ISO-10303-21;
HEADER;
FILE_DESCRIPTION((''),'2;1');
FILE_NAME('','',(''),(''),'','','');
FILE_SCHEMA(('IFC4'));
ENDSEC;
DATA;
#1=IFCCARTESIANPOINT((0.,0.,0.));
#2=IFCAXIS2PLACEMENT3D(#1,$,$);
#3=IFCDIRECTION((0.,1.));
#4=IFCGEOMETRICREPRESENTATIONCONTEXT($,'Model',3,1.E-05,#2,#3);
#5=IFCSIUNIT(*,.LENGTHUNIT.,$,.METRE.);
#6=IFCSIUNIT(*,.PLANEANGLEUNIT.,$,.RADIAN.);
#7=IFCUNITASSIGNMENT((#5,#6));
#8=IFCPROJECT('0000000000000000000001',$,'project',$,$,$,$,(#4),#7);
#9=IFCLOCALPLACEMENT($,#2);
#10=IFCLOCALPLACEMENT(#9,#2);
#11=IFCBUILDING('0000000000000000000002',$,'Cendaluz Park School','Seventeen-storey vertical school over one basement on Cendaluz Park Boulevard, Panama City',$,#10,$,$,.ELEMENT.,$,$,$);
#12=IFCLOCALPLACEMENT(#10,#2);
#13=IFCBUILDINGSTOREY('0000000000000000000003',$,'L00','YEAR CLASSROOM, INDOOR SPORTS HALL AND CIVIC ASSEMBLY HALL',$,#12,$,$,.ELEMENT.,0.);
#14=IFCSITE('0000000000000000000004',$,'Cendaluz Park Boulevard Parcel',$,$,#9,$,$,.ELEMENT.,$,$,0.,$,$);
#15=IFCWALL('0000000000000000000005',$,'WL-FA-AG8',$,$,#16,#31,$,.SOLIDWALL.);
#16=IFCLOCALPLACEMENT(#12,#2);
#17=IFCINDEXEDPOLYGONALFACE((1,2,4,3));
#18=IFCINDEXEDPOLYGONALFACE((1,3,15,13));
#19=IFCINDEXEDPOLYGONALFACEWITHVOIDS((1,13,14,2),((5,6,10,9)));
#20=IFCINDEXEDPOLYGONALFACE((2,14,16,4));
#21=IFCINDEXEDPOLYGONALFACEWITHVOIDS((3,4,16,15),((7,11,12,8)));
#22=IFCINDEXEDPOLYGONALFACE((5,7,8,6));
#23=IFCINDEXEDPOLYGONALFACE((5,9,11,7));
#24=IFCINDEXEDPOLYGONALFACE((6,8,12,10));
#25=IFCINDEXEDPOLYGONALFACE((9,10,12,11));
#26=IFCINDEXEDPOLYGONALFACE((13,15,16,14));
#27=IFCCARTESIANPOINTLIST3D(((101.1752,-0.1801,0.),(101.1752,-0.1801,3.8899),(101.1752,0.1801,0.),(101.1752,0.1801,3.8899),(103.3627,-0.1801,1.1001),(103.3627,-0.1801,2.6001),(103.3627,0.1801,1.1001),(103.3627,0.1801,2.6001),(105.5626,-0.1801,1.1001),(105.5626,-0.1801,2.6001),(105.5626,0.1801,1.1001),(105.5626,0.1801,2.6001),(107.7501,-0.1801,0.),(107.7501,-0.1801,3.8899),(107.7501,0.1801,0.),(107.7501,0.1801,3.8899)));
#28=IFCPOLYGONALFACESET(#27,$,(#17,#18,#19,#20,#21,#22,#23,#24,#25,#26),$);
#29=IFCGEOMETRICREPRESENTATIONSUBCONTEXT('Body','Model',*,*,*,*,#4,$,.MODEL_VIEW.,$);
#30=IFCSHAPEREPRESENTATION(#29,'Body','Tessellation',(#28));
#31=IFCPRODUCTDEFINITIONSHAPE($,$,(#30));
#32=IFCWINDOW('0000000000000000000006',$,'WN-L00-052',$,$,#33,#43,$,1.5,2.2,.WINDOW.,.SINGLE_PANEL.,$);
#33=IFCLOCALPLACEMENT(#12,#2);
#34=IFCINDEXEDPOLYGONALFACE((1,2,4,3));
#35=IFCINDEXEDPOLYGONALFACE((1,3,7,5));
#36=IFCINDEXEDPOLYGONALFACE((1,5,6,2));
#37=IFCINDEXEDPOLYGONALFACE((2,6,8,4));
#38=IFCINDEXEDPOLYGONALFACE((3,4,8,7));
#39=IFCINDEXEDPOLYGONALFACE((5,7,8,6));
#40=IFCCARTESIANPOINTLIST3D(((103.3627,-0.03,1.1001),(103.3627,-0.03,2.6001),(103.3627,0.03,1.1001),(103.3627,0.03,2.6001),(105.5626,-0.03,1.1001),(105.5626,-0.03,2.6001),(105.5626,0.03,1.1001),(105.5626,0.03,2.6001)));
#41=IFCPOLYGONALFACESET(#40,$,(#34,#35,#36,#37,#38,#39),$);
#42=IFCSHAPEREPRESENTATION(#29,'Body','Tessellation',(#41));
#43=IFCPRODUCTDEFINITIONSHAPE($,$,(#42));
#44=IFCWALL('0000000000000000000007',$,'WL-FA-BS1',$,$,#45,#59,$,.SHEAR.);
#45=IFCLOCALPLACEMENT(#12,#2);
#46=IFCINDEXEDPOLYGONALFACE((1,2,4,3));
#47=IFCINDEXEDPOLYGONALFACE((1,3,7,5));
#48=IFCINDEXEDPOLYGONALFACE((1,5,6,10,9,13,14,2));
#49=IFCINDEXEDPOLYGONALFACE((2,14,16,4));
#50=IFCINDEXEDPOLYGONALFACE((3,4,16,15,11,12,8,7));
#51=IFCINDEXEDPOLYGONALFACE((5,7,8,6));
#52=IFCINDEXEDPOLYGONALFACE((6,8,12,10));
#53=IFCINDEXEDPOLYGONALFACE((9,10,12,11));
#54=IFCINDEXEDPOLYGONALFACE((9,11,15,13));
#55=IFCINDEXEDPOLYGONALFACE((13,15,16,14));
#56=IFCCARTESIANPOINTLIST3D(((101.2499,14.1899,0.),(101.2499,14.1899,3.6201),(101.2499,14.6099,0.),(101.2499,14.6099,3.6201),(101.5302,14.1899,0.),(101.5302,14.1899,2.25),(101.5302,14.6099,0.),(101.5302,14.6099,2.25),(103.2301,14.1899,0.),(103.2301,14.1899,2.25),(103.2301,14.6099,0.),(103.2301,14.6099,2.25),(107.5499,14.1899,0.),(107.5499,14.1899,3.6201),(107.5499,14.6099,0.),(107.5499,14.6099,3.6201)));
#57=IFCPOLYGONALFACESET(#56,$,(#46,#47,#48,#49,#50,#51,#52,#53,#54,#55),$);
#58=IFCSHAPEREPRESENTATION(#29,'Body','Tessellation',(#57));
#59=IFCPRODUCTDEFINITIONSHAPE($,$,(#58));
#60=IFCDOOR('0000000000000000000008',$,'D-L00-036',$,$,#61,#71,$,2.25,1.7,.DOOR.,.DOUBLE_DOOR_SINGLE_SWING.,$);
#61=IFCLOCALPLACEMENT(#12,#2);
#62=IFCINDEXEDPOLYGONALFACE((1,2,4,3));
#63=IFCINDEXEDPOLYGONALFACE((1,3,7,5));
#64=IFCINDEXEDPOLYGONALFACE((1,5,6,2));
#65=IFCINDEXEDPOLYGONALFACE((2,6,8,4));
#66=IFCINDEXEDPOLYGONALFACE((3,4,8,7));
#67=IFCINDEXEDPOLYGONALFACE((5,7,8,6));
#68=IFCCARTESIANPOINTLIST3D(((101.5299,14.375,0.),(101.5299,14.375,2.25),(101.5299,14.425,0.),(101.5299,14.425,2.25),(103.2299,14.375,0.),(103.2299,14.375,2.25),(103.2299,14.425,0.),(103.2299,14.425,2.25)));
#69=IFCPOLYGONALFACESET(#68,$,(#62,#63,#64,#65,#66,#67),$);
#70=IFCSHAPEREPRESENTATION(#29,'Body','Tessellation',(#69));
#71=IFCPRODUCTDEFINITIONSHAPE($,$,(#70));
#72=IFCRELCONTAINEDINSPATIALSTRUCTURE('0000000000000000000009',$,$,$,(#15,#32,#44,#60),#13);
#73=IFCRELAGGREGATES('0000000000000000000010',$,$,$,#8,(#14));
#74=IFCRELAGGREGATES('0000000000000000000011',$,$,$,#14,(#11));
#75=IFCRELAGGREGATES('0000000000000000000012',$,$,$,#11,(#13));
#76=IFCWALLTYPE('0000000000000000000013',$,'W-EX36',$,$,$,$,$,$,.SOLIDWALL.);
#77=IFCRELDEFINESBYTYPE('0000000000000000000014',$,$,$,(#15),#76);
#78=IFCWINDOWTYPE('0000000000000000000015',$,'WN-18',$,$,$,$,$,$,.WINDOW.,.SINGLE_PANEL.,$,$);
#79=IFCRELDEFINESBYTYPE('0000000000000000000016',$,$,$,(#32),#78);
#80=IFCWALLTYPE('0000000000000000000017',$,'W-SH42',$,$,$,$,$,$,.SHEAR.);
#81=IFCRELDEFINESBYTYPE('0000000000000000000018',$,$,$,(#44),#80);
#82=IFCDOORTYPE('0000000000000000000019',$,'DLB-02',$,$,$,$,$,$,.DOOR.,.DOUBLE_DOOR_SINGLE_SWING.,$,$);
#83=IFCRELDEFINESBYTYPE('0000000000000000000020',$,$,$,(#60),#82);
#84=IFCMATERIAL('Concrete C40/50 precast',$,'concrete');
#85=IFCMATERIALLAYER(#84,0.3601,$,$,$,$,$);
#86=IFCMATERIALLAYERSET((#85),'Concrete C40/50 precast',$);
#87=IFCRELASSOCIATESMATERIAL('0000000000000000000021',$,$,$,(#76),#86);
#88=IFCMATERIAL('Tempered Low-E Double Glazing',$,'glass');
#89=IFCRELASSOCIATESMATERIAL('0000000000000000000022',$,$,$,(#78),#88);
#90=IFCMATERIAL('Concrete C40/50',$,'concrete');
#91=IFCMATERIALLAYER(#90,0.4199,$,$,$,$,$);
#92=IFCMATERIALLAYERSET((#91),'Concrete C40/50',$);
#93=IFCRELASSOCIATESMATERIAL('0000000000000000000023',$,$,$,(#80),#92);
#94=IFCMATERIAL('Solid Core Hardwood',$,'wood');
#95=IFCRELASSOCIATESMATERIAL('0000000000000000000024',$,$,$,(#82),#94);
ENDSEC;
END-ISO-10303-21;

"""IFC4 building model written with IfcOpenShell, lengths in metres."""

from ifc_helpers import new_model, si_unit, direction, frame, frame_2d, origin, place, context, subcontext, project, spatial, rectangle, extrude, material, layer, layer_set, type_object, element, fill, save


model = new_model("IFC4")

# Units and contexts
model_context = context("Model", 3, precision=1e-05, world=origin(), true_north=direction((0.0, 1.0)))
body_context = subcontext(model_context, "Body", "Model", "MODEL_VIEW")
ifc_project = project(units=[si_unit("LENGTHUNIT", "METRE"), si_unit("PLANEANGLEUNIT", "RADIAN")], contexts=[model_context])

# Site, building, storey
site_placement = place(None, origin())
site = spatial("IfcSite", under=ifc_project, at=site_placement, Name="Cendaluz Park Boulevard Parcel", CompositionType="ELEMENT", RefElevation=0.0)
building_placement = place(site_placement, origin())
building = spatial("IfcBuilding", under=site, at=building_placement, Name="Cendaluz Park School", Description="Seventeen-storey vertical school over one basement on Cendaluz Park Boulevard, Panama City", CompositionType="ELEMENT")
storey_placement = place(building_placement, origin())
storey = spatial("IfcBuildingStorey", under=building, at=storey_placement, Name="L00", Description="YEAR CLASSROOM, INDOOR SPORTS HALL AND CIVIC ASSEMBLY HALL", CompositionType="ELEMENT", Elevation=0.0)

# Shared definitions
ifc_material_1 = material(Name="Concrete C40/50", Category="concrete")

# Shared definitions
ifc_material_2 = material(Name="Solid Core Hardwood", Category="wood")

# Shared definitions
ifc_material_3 = material(Name="Concrete C40/50 precast", Category="concrete")
ifc_layer_1 = layer(ifc_material_3, 0.3601)
ifc_layer_set_1 = layer_set([ifc_layer_1], Name="Concrete C40/50 precast")
wall_type_1 = type_object("IfcWallType", Name="W-EX36", PredefinedType="SOLIDWALL", material=ifc_layer_set_1)

# Wall, opening, window
wall_1_placement = place(storey_placement, frame((101.175, 0.0, 0.0), z_axis=(0.0, 0.0, 1.0), x_axis=(1.0, 0.0, 0.0)))
wall_1 = element("IfcWall", 1, at=wall_1_placement, inside=storey, type_object=wall_type_1, Name="WL-FA-AG8", PredefinedType="SOLIDWALL", context=body_context, shape_type="SweptSolid", body=[
    extrude(rectangle(XDim=6.575, YDim=0.3601, at=frame_2d((3.2876, 0.0))), origin(), (0.0, 0.0, 1.0), 3.8899),
])
opening_1_placement = place(wall_1_placement, frame((2.1875, 0.0, 1.1001)))
opening_1 = element("IfcOpeningElement", 2, at=opening_1_placement, cuts=wall_1, PredefinedType="OPENING", context=body_context, shape_type="SweptSolid", body=[
    extrude(rectangle(XDim=2.2, YDim=1.5, at=frame_2d((1.1001, 0.75))), frame((0.0, 0.1921, 0.0), z_axis=(0.0, -1.0, 0.0), x_axis=(1.0, 0.0, 0.0)), (0.0, 0.0, 1.0), 0.384),
])
ifc_material_4 = material(Name="Tempered Low-E Double Glazing", Category="glass")
window_type = type_object("IfcWindowType", Name="WN-18", PartitioningType="SINGLE_PANEL", PredefinedType="WINDOW", material=ifc_material_4)
window_placement = place(opening_1_placement, origin())
window = element("IfcWindow", 3, at=window_placement, inside=storey, type_object=window_type, Name="WN-L00-052", OverallHeight=1.5, OverallWidth=2.2, PartitioningType="SINGLE_PANEL", PredefinedType="WINDOW", context=body_context, shape_type="SweptSolid", body=[
    extrude(rectangle(XDim=2.2, YDim=1.5, at=frame_2d((1.1001, 0.75))), frame((0.0, 0.03, 0.0), z_axis=(0.0, -1.0, 0.0), x_axis=(1.0, 0.0, 0.0)), (0.0, 0.0, 1.0), 0.0601),
])
fill(opening_1, window)

# Wall, opening, door
ifc_layer_2 = layer(ifc_material_1, 0.4199)
ifc_layer_set_2 = layer_set([ifc_layer_2], Name="Concrete C40/50")
wall_type_2 = type_object("IfcWallType", Name="W-SH42", PredefinedType="SHEAR", material=ifc_layer_set_2)
wall_2_placement = place(storey_placement, frame((101.25, 14.3999, 0.0), z_axis=(0.0, 0.0, 1.0), x_axis=(1.0, 0.0, 0.0)))
wall_2 = element("IfcWall", 4, at=wall_2_placement, inside=storey, type_object=wall_type_2, Name="WL-FA-BS1", PredefinedType="SHEAR", context=body_context, shape_type="SweptSolid", body=[
    extrude(rectangle(XDim=6.3, YDim=0.4199, at=frame_2d((3.1499, 0.0))), origin(), (0.0, 0.0, 1.0), 3.6201),
])
opening_2_placement = place(wall_2_placement, frame((0.28, 0.0, 0.0)))
opening_2 = element("IfcOpeningElement", 5, at=opening_2_placement, cuts=wall_2, PredefinedType="OPENING", context=body_context, shape_type="SweptSolid", body=[
    extrude(rectangle(XDim=1.7, YDim=2.25, at=frame_2d((0.8501, 1.125))), frame((0.0, 0.2219, 0.0), z_axis=(0.0, -1.0, 0.0), x_axis=(1.0, 0.0, 0.0)), (0.0, 0.0, 1.0), 0.4438),
])
door_type_1 = type_object("IfcDoorType", Name="DLB-02", OperationType="DOUBLE_DOOR_SINGLE_SWING", PredefinedType="DOOR", material=ifc_material_2)
door_1_placement = place(opening_2_placement, frame((1.7, 0.0, 0.0), z_axis=(0.0, 0.0, 1.0), x_axis=(-1.0, 0.0, 0.0)))
door_1 = element("IfcDoor", 6, at=door_1_placement, inside=storey, type_object=door_type_1, Name="D-L00-036", OperationType="DOUBLE_DOOR_SINGLE_SWING", OverallHeight=2.25, OverallWidth=1.7, PredefinedType="DOOR", context=body_context, shape_type="SweptSolid", body=[
    extrude(rectangle(XDim=1.7, YDim=2.25, at=frame_2d((0.8501, 1.125))), frame((0.0, 0.0249, 0.0), z_axis=(0.0, -1.0, 0.0), x_axis=(1.0, 0.0, 0.0)), (0.0, 0.0, 1.0), 0.05),
])
fill(opening_2, door_1)

save(model, "model.ifc")
